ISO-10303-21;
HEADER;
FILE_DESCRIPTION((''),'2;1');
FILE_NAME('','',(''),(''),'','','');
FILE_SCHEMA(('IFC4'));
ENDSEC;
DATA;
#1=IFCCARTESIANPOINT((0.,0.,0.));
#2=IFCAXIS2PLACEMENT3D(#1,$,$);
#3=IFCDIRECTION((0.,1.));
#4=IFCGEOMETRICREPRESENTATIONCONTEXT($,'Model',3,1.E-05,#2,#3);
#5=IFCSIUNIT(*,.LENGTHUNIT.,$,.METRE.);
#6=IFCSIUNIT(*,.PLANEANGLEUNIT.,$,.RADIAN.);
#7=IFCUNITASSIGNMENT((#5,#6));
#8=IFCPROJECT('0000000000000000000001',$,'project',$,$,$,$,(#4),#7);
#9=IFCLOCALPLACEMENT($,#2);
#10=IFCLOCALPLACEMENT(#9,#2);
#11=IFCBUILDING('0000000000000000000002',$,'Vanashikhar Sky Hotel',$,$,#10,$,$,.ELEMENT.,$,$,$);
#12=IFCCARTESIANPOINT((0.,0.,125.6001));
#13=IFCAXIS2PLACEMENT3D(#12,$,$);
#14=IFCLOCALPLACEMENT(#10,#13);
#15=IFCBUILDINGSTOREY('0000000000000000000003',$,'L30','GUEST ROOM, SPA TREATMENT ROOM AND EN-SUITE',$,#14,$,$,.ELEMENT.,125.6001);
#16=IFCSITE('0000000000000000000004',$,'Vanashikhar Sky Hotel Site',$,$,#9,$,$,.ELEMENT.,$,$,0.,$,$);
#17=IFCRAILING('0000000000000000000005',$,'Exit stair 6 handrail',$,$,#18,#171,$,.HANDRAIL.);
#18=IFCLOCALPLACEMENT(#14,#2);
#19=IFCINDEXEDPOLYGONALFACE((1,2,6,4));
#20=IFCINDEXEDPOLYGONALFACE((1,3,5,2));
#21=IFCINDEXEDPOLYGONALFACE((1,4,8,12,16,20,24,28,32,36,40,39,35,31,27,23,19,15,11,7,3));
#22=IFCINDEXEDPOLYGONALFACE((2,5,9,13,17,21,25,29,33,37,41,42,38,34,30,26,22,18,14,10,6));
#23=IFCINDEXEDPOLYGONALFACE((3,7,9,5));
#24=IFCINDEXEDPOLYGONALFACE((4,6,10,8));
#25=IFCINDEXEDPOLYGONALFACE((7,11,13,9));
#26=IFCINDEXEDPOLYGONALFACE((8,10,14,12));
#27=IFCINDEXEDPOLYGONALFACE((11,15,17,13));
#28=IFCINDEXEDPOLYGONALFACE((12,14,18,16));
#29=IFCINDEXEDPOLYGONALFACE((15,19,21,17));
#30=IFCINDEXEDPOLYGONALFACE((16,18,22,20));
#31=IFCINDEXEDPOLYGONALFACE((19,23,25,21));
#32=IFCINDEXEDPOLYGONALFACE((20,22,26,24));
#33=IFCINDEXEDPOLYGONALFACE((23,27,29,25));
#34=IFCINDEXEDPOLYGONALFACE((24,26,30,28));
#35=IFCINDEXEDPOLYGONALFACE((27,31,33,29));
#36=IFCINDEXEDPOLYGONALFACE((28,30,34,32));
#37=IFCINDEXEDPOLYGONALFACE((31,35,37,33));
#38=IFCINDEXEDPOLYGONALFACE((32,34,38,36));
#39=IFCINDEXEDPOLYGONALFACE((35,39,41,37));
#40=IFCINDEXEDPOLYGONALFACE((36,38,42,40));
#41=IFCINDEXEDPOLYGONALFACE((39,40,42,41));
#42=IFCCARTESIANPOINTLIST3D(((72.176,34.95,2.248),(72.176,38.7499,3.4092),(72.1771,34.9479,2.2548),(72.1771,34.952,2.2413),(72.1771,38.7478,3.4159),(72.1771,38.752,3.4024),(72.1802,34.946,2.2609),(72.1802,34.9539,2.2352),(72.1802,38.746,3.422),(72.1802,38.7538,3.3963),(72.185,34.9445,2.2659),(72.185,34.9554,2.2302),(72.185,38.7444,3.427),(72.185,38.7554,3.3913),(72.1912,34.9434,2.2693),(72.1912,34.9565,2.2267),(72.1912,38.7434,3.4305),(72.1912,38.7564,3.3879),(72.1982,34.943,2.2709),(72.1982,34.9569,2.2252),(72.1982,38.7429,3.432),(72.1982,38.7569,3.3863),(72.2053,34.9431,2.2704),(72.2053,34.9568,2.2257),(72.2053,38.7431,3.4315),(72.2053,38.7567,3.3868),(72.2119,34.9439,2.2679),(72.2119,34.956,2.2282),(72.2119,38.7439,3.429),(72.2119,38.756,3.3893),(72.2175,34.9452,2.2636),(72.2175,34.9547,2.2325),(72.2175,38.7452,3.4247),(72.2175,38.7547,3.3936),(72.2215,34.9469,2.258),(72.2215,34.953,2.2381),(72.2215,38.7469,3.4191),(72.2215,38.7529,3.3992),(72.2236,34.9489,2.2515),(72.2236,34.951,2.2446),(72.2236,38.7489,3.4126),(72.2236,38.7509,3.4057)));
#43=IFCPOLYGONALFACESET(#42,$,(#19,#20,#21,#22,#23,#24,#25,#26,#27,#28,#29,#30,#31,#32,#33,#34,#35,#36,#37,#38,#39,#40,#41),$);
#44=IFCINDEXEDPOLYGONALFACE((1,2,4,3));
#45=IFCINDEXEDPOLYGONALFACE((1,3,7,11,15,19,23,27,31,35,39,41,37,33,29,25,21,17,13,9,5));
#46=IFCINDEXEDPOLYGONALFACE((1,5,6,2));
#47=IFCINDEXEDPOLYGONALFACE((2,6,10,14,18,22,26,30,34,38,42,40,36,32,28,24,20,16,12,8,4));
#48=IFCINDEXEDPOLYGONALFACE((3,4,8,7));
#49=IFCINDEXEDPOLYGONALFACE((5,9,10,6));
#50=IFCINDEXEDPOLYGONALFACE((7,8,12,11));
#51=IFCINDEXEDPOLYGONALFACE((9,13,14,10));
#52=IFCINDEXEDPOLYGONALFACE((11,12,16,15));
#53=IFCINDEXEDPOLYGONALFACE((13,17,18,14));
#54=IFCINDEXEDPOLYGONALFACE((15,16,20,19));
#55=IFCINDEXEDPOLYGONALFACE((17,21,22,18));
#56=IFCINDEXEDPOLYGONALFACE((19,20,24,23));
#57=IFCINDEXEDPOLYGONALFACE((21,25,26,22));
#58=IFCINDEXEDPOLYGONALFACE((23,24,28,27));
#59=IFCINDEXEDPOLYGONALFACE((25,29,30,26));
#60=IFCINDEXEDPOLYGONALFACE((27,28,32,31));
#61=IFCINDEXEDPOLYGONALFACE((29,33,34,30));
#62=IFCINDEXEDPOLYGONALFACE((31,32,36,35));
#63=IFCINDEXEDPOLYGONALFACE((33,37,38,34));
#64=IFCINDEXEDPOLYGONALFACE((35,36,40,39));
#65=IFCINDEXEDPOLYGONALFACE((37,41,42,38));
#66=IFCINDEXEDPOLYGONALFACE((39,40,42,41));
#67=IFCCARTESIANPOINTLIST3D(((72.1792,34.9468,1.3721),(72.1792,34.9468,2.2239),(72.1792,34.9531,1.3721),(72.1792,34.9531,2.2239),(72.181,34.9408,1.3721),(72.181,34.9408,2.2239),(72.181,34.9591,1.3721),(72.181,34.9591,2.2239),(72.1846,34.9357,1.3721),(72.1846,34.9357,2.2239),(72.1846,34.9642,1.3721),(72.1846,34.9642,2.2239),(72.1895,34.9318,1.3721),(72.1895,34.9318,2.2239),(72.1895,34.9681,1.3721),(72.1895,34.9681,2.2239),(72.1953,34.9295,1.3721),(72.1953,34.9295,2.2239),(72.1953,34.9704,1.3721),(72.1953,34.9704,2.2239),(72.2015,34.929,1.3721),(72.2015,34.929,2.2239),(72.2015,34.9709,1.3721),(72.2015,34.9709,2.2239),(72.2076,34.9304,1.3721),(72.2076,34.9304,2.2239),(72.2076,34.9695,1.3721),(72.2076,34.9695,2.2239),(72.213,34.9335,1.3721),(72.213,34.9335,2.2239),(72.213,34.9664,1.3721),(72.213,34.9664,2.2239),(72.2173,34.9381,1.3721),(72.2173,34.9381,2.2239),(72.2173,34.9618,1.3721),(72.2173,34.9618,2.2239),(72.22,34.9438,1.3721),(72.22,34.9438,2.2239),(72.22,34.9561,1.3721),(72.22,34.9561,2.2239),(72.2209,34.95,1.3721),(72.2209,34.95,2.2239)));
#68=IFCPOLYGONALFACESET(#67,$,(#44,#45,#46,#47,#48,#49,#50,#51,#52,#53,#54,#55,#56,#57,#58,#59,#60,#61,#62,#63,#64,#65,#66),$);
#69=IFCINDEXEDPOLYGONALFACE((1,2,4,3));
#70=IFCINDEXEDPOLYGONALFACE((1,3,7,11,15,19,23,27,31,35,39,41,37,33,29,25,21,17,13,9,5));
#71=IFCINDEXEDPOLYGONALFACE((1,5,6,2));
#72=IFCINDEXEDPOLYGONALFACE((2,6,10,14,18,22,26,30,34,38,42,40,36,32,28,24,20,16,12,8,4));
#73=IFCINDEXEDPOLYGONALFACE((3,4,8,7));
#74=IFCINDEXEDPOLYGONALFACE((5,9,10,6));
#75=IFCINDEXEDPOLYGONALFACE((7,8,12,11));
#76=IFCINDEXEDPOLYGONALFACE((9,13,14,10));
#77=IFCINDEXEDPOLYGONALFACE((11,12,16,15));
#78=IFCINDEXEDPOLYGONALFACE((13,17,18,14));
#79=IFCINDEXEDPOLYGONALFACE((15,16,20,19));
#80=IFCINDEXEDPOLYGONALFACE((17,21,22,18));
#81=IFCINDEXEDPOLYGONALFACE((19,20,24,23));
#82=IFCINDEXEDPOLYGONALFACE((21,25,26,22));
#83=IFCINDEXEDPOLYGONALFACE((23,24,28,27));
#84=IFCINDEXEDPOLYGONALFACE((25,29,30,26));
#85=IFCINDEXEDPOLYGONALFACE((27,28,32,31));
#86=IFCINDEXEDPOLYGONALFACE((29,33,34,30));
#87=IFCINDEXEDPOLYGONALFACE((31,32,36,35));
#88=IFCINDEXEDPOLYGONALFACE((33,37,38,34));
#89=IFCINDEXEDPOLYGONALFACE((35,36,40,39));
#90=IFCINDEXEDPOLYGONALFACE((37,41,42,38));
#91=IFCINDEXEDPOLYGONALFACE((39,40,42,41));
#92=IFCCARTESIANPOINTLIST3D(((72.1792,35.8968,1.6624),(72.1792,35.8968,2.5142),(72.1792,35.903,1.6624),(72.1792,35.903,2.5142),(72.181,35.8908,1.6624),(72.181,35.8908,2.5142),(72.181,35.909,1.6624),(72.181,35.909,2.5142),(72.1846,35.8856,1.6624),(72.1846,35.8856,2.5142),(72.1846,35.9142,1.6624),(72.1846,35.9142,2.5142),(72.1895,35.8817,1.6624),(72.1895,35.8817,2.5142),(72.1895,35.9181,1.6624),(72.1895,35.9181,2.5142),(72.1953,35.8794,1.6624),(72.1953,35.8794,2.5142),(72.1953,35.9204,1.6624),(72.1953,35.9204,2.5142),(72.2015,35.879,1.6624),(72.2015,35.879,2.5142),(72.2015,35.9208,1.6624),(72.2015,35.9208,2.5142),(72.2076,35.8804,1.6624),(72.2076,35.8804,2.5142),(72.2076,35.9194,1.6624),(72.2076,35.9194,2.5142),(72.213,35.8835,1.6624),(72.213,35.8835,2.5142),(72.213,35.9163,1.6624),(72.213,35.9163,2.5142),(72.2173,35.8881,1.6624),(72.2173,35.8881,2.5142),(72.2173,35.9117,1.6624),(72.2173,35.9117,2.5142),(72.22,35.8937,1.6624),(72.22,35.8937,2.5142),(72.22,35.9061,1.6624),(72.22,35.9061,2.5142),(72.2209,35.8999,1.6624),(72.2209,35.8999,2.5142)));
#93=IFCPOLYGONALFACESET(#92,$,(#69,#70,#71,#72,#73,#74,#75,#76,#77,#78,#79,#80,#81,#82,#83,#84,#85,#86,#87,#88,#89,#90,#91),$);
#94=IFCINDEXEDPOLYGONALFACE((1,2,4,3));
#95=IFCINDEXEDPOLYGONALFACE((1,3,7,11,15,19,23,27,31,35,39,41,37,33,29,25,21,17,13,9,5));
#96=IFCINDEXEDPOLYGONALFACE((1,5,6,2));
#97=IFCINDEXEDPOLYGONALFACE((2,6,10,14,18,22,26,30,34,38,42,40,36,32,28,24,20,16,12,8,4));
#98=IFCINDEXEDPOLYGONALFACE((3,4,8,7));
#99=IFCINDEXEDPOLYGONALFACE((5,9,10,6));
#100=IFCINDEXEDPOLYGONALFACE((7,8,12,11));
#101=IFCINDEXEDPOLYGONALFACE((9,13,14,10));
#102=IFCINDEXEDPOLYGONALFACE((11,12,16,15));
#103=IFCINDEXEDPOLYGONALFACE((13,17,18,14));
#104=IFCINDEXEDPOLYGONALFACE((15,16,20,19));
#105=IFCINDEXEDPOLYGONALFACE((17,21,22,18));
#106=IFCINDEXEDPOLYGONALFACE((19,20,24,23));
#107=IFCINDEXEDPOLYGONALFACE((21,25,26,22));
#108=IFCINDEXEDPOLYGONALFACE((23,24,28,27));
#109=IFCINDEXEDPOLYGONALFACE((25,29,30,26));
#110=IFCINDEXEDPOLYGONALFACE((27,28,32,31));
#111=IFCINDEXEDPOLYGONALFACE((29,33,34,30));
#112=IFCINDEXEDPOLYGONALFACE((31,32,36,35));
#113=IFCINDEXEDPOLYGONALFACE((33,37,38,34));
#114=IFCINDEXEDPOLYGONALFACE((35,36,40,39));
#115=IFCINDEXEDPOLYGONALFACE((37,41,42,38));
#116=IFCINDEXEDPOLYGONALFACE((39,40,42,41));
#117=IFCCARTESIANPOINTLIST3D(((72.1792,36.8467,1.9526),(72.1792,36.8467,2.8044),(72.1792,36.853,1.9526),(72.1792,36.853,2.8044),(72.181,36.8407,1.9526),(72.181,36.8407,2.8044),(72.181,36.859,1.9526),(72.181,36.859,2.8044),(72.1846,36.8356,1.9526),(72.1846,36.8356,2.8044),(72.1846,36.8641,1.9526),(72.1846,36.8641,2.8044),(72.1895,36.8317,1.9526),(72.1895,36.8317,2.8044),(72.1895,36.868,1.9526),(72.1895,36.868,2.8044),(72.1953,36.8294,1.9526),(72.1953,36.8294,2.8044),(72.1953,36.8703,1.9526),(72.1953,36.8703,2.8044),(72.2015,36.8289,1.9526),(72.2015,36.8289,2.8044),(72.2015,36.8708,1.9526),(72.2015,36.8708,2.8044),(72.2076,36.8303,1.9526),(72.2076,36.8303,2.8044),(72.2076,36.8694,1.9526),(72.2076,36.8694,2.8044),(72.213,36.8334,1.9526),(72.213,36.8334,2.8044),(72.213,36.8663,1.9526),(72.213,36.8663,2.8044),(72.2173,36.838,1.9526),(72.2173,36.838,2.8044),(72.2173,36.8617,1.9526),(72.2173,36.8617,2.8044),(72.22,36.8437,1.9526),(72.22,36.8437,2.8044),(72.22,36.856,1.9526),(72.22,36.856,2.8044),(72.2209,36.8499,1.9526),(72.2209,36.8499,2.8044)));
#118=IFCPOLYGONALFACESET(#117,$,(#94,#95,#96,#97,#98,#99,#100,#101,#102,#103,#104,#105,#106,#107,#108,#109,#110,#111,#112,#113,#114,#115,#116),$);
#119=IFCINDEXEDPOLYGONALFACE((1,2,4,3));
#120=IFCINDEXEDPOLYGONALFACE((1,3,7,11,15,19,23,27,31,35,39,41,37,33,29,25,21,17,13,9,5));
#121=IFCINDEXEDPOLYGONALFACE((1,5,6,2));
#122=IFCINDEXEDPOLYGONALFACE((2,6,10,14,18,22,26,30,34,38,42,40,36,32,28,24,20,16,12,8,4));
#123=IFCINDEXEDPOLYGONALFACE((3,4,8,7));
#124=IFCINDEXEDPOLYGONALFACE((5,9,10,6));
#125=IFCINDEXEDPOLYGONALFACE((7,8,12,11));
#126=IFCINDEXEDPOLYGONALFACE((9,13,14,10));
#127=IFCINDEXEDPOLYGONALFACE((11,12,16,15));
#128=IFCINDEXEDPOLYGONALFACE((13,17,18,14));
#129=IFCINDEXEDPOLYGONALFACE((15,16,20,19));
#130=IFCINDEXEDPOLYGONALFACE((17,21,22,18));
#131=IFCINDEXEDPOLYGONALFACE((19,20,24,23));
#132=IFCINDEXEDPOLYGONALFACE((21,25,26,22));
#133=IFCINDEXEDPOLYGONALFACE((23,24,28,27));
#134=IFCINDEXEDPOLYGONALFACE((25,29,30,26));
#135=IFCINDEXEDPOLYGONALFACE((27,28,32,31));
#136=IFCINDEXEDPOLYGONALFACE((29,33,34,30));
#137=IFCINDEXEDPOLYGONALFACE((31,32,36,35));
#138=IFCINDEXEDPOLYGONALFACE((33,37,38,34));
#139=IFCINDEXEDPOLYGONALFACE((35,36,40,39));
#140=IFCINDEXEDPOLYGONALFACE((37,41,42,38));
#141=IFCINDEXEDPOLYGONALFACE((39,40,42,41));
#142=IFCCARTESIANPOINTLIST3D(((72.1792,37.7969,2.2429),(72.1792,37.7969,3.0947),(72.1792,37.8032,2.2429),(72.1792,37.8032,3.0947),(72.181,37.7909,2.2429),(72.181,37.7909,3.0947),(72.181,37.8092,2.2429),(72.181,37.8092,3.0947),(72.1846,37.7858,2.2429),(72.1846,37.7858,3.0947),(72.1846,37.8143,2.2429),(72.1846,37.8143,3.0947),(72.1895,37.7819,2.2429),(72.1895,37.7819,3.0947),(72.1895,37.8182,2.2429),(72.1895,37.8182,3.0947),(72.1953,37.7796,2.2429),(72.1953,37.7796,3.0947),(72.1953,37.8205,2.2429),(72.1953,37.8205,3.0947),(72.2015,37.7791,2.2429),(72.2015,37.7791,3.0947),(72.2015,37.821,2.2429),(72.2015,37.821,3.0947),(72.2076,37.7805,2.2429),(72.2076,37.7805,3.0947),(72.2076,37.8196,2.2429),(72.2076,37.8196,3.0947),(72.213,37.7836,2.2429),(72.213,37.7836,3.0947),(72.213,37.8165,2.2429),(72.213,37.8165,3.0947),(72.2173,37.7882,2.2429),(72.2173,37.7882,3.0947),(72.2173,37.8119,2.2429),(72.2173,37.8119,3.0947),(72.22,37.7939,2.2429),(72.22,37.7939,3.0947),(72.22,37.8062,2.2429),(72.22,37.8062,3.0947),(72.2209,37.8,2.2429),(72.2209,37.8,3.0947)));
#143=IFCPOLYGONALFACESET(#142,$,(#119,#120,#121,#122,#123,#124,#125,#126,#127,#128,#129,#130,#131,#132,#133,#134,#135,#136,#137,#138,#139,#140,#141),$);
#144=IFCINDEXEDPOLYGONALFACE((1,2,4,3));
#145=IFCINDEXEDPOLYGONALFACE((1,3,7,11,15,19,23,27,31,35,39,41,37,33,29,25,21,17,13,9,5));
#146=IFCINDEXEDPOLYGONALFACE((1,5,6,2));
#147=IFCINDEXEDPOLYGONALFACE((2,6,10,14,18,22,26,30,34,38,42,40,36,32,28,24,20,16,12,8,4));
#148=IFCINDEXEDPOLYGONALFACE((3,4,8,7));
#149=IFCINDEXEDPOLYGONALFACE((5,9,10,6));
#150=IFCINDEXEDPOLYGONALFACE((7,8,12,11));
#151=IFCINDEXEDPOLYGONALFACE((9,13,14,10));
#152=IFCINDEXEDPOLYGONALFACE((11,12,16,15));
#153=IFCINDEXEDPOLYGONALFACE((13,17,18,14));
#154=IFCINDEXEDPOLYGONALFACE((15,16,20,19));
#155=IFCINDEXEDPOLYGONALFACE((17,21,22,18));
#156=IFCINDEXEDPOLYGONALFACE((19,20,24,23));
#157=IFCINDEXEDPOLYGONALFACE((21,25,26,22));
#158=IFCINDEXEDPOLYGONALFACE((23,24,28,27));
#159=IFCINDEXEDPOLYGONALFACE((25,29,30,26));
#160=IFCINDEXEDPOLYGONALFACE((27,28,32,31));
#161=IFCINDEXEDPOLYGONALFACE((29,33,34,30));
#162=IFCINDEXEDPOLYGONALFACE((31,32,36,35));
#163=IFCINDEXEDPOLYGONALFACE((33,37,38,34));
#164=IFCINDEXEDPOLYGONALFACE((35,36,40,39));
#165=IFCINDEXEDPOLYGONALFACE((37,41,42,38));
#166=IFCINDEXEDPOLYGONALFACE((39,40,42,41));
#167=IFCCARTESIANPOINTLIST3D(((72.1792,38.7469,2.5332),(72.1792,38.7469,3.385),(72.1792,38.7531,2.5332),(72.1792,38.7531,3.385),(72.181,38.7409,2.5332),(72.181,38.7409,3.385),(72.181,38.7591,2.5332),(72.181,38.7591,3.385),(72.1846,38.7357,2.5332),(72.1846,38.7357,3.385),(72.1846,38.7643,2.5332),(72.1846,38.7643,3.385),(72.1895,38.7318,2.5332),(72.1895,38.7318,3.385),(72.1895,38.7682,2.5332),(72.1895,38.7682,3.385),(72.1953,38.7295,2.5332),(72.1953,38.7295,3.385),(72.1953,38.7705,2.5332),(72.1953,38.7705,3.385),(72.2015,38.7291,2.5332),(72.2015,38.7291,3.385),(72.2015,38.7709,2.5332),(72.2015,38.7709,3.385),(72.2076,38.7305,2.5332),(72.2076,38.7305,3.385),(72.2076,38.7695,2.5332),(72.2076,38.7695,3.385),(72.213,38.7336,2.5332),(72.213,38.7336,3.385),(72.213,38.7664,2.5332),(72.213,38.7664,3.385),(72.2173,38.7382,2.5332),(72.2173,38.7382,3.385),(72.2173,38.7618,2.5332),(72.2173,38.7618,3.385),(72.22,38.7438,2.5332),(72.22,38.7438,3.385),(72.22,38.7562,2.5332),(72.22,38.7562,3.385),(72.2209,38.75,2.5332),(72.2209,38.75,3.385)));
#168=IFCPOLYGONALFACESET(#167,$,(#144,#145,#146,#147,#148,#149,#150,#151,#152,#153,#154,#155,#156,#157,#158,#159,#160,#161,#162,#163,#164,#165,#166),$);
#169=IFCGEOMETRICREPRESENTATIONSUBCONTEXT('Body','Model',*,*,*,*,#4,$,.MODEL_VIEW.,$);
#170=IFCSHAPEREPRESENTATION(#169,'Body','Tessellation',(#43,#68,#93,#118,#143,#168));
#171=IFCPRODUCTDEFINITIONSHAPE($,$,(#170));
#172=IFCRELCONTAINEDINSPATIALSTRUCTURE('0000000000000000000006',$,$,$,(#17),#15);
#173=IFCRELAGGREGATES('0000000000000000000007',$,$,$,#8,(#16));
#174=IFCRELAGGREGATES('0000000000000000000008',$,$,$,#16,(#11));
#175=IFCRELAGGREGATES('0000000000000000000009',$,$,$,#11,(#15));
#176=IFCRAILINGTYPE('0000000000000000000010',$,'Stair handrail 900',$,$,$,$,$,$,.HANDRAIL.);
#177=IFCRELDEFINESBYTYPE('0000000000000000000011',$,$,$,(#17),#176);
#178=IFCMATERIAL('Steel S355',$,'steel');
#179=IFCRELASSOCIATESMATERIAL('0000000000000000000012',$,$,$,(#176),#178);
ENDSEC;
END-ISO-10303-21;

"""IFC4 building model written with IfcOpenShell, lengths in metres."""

from ifc_helpers import new_model, si_unit, direction, frame, origin, origin_2d, place, context, subcontext, project, spatial, circle, extrude, source, transform, mapped, material, type_object, element, save


model = new_model("IFC4")

# Units and contexts
model_context = context("Model", 3, precision=1e-05, world=origin(), true_north=direction((0.0, 1.0)))
body_context = subcontext(model_context, "Body", "Model", "MODEL_VIEW")
ifc_project = project(units=[si_unit("LENGTHUNIT", "METRE"), si_unit("PLANEANGLEUNIT", "RADIAN")], contexts=[model_context])

# Site, building, storey
site_placement = place(None, origin())
site = spatial("IfcSite", under=ifc_project, at=site_placement, Name="Vanashikhar Sky Hotel Site", CompositionType="ELEMENT", RefElevation=0.0)
building_placement = place(site_placement, origin())
building = spatial("IfcBuilding", under=site, at=building_placement, Name="Vanashikhar Sky Hotel", CompositionType="ELEMENT")
storey_placement = place(building_placement, frame((0.0, 0.0, 125.6001)))
storey = spatial("IfcBuildingStorey", under=building, at=storey_placement, Name="L30", Description="GUEST ROOM, SPA TREATMENT ROOM AND EN-SUITE", CompositionType="ELEMENT", Elevation=125.6001)

# Railing
ifc_material_1 = material(Name="Steel S355", Category="steel")
railing_type_1 = type_object("IfcRailingType", Name="Stair handrail 900", PredefinedType="HANDRAIL", material=ifc_material_1)
shared_shape_1 = source(origin(), body_context, "Body", "SweptSolid", [
    extrude(circle(Radius=0.0239, at=origin_2d()), frame((0.0, 0.0, 0.876), z_axis=(0.0, 0.956351, 0.29222), x_axis=(-1.0, 0.0, 0.0)), (0.0, 0.0, 1.0), 3.9734),
    extrude(circle(Radius=0.021, at=origin_2d()), origin(), (0.0, 0.0, 1.0), 0.8518),
    extrude(circle(Radius=0.021, at=origin_2d()), frame((0.0, 0.95, 0.2903)), (0.0, 0.0, 1.0), 0.8518),
    extrude(circle(Radius=0.021, at=origin_2d()), frame((0.0, 1.8999, 0.5806)), (0.0, 0.0, 1.0), 0.8518),
    extrude(circle(Radius=0.021, at=origin_2d()), frame((0.0, 2.8501, 0.8708)), (0.0, 0.0, 1.0), 0.8518),
    extrude(circle(Radius=0.021, at=origin_2d()), frame((0.0, 3.8, 1.1611)), (0.0, 0.0, 1.0), 0.8518),
])
railing_placement = place(storey_placement, frame((72.2, 34.95, 1.3721)))
element("IfcRailing", 1, at=railing_placement, inside=storey, type_object=railing_type_1, Name="Exit stair 6 handrail", PredefinedType="HANDRAIL", context=body_context, shape_type="MappedRepresentation", body=[
    mapped(shared_shape_1, transform((0.0, 0.0, 0.0), scale=1.0)),
])

save(model, "model.ifc")
